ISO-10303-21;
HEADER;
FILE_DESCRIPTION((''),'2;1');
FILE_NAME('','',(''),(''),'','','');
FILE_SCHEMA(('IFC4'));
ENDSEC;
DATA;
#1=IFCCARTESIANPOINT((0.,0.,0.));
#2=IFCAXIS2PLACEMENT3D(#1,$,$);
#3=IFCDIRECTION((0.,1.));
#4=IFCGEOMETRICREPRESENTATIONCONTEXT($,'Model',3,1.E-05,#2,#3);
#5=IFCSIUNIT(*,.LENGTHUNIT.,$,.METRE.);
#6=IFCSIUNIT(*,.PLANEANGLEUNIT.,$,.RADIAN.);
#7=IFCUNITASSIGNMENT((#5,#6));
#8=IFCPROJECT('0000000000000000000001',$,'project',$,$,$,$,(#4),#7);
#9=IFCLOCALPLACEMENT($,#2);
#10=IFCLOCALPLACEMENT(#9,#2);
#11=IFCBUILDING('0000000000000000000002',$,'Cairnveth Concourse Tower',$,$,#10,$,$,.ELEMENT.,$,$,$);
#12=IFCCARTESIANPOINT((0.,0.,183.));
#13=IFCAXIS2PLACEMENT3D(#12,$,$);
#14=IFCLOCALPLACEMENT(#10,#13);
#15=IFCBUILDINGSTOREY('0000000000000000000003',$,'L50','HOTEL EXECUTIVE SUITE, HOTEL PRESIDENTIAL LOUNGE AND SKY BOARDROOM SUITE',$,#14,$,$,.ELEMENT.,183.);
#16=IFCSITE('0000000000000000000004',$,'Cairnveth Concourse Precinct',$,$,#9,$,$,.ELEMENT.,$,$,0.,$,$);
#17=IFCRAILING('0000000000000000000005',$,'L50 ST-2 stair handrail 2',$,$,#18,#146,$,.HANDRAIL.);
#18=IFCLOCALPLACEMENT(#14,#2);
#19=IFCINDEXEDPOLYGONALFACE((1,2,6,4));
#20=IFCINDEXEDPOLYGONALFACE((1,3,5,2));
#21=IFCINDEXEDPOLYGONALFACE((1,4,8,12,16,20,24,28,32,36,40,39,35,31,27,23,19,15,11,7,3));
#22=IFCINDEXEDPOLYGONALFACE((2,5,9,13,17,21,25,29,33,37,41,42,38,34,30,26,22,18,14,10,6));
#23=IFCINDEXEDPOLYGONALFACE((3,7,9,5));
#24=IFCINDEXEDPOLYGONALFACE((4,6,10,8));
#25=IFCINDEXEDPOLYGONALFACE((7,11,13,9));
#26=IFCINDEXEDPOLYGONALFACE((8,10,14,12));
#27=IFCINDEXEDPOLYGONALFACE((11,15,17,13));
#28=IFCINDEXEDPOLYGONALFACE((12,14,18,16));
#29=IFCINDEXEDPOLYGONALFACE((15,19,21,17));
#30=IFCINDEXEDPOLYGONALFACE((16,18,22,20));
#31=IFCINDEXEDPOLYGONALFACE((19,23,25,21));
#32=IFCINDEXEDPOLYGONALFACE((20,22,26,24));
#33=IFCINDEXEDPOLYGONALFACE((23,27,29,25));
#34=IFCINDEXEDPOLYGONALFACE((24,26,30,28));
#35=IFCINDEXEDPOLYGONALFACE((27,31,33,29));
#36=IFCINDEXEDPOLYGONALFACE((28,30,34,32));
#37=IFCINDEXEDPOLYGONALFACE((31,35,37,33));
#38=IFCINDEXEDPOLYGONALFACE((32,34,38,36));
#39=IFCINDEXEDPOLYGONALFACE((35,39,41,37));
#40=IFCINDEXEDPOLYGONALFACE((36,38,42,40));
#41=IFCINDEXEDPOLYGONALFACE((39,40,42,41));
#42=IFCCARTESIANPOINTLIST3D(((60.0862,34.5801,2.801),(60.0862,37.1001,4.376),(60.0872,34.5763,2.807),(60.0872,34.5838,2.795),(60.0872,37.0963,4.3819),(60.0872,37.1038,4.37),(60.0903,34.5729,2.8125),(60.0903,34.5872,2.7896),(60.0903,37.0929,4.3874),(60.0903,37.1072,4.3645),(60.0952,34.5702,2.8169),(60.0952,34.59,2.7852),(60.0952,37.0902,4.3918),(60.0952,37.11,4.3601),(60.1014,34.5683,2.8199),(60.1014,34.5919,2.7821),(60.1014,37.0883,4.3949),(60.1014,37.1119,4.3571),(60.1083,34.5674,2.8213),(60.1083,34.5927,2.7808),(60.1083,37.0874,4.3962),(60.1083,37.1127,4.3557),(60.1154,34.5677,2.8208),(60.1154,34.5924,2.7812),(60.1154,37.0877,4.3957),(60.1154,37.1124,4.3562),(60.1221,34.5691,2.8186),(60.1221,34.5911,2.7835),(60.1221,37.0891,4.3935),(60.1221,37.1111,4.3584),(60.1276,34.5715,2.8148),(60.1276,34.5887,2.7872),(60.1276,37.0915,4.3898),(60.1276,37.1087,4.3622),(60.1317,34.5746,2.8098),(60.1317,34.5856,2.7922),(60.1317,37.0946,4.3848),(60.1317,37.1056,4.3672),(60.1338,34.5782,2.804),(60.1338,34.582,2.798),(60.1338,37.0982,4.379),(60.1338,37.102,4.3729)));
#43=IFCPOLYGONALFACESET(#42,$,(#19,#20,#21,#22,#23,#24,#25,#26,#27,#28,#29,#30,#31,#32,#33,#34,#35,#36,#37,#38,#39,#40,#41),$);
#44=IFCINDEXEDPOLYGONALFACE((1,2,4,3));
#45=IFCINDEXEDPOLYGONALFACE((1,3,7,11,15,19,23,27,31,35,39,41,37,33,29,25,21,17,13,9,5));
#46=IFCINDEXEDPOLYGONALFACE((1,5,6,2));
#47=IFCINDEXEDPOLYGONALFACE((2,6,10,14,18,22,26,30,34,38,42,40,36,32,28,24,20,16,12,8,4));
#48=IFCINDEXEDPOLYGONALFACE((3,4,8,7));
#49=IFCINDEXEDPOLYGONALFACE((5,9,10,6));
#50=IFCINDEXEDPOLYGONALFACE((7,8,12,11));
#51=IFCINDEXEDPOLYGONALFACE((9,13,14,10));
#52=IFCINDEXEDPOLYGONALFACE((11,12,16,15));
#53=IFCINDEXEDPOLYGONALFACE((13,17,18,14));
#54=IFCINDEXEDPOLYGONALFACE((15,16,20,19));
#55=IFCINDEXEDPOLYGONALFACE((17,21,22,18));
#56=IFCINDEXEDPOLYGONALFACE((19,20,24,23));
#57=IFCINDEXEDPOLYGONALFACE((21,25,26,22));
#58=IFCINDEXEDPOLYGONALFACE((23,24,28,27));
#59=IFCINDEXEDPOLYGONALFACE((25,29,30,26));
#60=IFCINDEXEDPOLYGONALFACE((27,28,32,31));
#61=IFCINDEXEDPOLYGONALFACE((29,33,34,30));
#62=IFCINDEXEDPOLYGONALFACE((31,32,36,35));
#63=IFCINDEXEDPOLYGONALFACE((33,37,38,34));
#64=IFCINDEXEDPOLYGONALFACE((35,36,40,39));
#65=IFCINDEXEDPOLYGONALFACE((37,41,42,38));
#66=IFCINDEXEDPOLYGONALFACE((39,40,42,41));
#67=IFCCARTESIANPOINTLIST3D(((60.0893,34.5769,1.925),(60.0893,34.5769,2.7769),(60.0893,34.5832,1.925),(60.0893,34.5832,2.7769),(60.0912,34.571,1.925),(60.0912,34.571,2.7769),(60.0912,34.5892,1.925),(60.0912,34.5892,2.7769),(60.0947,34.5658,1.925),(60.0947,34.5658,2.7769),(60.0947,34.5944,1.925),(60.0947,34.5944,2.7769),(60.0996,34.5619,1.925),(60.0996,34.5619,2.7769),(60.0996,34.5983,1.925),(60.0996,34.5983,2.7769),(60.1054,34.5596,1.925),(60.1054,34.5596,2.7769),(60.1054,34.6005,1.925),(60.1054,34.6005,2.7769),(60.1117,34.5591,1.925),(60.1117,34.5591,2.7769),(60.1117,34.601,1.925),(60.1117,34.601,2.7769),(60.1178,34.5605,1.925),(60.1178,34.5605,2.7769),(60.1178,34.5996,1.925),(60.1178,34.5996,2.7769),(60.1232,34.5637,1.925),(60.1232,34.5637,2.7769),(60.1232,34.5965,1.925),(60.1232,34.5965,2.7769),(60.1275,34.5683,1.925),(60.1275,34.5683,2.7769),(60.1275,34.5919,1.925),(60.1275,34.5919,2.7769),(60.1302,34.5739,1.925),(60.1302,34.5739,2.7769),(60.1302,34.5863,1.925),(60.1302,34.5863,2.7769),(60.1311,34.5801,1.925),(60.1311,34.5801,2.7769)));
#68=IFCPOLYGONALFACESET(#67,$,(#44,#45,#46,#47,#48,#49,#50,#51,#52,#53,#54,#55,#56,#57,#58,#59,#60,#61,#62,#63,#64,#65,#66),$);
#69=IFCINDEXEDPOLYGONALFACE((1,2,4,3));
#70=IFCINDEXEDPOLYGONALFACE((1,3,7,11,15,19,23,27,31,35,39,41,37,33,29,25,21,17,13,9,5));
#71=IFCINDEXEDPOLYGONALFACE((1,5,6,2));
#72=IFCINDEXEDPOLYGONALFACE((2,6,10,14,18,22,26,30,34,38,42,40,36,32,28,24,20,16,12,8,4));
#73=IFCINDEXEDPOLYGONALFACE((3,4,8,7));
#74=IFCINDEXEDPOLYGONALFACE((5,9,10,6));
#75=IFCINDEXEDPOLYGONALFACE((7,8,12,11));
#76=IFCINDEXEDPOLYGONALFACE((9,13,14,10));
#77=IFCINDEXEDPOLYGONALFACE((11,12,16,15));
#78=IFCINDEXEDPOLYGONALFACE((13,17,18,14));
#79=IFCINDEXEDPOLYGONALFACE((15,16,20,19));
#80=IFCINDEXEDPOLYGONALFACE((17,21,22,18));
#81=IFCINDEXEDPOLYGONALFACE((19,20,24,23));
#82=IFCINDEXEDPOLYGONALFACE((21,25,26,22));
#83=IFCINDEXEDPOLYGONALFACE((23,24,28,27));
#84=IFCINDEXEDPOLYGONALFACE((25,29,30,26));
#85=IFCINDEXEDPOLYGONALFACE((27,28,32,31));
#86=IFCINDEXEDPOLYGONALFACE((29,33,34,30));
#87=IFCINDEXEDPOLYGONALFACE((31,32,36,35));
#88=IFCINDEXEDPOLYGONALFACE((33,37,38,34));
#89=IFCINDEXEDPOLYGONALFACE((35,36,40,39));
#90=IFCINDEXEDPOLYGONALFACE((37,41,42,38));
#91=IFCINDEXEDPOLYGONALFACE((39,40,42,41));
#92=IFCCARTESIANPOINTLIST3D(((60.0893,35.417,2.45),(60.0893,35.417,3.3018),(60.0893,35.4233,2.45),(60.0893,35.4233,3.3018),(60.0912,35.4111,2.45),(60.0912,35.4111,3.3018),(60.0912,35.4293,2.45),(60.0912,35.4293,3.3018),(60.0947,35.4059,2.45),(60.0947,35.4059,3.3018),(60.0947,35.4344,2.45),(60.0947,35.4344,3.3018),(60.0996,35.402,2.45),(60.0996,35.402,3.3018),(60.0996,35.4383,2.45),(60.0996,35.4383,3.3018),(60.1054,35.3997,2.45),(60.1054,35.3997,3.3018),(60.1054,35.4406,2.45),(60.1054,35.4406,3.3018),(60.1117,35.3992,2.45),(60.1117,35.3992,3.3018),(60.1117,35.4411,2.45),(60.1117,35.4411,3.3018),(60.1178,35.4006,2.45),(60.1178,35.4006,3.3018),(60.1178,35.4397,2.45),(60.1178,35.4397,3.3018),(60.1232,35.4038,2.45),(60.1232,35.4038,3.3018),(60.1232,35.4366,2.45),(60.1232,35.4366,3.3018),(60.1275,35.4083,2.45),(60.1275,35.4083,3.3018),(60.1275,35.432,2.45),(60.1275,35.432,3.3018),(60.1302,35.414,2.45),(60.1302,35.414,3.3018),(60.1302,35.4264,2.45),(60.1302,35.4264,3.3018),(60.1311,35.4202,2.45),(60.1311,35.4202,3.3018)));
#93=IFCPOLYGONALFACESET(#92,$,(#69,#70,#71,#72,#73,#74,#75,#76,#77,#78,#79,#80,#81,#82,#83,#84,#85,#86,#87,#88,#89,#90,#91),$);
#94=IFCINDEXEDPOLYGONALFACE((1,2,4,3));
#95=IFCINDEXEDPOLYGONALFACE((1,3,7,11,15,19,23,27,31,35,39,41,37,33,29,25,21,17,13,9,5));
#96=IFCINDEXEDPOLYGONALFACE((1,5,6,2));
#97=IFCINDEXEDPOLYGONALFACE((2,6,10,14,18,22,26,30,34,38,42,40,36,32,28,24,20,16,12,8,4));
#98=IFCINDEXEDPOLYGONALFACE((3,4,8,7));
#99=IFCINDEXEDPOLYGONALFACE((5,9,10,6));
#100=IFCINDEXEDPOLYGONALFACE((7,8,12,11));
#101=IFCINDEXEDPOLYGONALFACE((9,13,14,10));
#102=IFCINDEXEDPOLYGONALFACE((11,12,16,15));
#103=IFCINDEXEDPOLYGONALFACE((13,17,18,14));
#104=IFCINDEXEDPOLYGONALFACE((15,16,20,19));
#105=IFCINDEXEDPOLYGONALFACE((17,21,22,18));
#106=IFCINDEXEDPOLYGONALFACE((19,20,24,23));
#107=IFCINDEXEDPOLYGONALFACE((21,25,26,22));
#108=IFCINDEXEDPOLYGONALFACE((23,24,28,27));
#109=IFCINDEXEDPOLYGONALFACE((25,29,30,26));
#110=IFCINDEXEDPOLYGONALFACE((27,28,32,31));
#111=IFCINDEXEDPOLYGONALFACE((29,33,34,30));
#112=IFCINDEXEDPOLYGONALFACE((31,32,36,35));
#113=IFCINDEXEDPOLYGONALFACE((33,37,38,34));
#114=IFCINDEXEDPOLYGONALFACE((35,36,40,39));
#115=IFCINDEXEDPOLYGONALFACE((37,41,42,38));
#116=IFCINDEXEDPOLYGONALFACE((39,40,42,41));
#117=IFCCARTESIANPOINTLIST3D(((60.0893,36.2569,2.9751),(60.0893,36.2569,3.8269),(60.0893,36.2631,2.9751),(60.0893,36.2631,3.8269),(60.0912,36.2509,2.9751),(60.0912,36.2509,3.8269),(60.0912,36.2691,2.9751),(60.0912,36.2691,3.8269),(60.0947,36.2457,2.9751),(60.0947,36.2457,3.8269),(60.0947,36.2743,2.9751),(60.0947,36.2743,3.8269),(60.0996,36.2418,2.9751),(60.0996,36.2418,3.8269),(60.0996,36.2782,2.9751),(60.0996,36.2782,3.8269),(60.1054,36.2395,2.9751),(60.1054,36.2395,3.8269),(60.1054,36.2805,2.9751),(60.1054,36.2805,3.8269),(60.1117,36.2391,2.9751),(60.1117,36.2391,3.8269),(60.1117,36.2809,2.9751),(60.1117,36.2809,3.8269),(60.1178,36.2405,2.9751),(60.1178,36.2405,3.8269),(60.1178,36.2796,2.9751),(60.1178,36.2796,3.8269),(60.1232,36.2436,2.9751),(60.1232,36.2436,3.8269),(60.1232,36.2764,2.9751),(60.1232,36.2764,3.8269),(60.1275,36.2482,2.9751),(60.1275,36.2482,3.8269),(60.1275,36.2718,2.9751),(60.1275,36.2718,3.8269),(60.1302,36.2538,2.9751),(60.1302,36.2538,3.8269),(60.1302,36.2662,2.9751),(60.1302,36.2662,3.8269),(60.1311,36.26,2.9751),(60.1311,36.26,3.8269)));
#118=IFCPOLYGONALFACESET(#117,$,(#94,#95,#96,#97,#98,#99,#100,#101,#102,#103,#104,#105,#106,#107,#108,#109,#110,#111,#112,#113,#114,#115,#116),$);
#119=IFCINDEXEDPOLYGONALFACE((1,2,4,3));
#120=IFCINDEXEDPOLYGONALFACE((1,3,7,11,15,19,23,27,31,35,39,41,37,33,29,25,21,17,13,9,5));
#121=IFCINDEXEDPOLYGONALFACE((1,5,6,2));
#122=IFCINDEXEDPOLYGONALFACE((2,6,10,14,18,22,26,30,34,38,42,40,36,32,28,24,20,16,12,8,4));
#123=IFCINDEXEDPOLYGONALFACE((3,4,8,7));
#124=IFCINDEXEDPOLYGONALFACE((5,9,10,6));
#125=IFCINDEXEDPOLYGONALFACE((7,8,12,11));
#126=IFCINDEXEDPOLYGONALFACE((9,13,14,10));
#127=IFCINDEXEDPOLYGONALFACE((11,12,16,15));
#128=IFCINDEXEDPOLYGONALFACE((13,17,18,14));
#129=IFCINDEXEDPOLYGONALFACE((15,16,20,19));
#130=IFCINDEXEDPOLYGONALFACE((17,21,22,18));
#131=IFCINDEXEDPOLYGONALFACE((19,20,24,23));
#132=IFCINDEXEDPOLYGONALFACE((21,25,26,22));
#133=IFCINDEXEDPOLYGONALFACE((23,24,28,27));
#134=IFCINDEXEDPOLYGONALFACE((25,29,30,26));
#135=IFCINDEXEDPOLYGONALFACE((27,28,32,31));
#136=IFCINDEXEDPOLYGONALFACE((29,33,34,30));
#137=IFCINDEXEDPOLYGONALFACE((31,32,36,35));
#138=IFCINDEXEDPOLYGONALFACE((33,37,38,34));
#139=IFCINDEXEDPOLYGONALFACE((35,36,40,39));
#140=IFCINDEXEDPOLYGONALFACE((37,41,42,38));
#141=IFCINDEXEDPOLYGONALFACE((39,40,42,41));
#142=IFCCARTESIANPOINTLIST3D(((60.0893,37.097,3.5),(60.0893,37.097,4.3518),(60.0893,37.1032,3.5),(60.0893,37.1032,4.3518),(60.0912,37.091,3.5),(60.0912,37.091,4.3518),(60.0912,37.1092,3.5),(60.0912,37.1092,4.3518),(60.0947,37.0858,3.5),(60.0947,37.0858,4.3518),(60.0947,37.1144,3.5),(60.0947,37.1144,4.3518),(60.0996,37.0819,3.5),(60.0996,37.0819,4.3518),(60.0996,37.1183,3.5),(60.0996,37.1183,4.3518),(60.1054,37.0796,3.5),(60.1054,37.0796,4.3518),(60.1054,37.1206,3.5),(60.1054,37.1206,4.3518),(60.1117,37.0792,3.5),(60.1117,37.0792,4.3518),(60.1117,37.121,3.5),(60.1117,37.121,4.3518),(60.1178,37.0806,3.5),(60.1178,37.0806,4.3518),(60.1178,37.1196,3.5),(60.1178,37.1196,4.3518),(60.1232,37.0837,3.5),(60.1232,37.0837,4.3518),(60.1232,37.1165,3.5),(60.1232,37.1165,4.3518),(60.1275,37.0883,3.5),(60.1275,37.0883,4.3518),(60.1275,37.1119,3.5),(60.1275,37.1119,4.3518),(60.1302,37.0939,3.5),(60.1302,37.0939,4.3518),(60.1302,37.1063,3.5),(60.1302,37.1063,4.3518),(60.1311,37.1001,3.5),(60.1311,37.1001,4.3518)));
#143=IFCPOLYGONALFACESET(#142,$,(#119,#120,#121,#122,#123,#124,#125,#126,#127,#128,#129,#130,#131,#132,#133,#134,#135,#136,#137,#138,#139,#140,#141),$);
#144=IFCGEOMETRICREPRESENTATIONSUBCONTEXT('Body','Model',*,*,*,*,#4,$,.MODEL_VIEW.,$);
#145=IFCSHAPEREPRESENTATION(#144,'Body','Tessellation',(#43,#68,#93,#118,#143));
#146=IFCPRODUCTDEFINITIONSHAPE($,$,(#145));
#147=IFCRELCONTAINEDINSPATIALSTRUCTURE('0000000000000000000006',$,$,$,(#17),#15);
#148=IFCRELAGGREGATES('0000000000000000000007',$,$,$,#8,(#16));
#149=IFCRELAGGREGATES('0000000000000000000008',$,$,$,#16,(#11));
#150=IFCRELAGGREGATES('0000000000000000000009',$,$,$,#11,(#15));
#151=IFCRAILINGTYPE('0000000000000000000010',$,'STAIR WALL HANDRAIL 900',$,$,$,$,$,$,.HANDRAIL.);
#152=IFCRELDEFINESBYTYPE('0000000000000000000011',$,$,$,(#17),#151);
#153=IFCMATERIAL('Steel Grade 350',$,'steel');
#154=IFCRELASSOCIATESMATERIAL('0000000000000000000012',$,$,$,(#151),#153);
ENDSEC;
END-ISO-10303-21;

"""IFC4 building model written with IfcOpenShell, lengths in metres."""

from ifc_helpers import new_model, si_unit, direction, frame, origin, origin_2d, place, context, subcontext, project, spatial, circle, extrude, material, type_object, element, save


model = new_model("IFC4")

# Units and contexts
model_context = context("Model", 3, precision=1e-05, world=origin(), true_north=direction((0.0, 1.0)))
body_context = subcontext(model_context, "Body", "Model", "MODEL_VIEW")
ifc_project = project(units=[si_unit("LENGTHUNIT", "METRE"), si_unit("PLANEANGLEUNIT", "RADIAN")], contexts=[model_context])

# Site, building, storey
site_placement = place(None, origin())
site = spatial("IfcSite", under=ifc_project, at=site_placement, Name="Cairnveth Concourse Precinct", CompositionType="ELEMENT", RefElevation=0.0)
building_placement = place(site_placement, origin())
building = spatial("IfcBuilding", under=site, at=building_placement, Name="Cairnveth Concourse Tower", CompositionType="ELEMENT")
storey_placement = place(building_placement, frame((0.0, 0.0, 183.0)))
storey = spatial("IfcBuildingStorey", under=building, at=storey_placement, Name="L50", Description="HOTEL EXECUTIVE SUITE, HOTEL PRESIDENTIAL LOUNGE AND SKY BOARDROOM SUITE", CompositionType="ELEMENT", Elevation=183.0)

# Shared definitions
ifc_material_1 = material(Name="Steel Grade 350", Category="steel")

# Railing
railing_type_1 = type_object("IfcRailingType", Name="STAIR WALL HANDRAIL 900", PredefinedType="HANDRAIL", material=ifc_material_1)
railing_1_placement = place(storey_placement, frame((60.1101, 34.5801, 1.925)))
element("IfcRailing", 1, at=railing_1_placement, inside=storey, type_object=railing_type_1, Name="L50 ST-2 stair handrail 2", PredefinedType="HANDRAIL", context=body_context, shape_type="SweptSolid", body=[
    extrude(circle(Radius=0.0239, at=origin_2d()), frame((0.0, 0.0, 0.876), z_axis=(0.0, 0.848008, 0.529984), x_axis=(-1.0, 0.0, 0.0)), (0.0, 0.0, 1.0), 2.9717),
    extrude(circle(Radius=0.021, at=origin_2d()), origin(), (0.0, 0.0, 1.0), 0.8518),
    extrude(circle(Radius=0.021, at=origin_2d()), frame((0.0, 0.8401, 0.5249)), (0.0, 0.0, 1.0), 0.8518),
    extrude(circle(Radius=0.021, at=origin_2d()), frame((0.0, 1.6799, 1.05)), (0.0, 0.0, 1.0), 0.8518),
    extrude(circle(Radius=0.021, at=origin_2d()), frame((0.0, 2.52, 1.575)), (0.0, 0.0, 1.0), 0.8518),
])

save(model, "model.ifc")
